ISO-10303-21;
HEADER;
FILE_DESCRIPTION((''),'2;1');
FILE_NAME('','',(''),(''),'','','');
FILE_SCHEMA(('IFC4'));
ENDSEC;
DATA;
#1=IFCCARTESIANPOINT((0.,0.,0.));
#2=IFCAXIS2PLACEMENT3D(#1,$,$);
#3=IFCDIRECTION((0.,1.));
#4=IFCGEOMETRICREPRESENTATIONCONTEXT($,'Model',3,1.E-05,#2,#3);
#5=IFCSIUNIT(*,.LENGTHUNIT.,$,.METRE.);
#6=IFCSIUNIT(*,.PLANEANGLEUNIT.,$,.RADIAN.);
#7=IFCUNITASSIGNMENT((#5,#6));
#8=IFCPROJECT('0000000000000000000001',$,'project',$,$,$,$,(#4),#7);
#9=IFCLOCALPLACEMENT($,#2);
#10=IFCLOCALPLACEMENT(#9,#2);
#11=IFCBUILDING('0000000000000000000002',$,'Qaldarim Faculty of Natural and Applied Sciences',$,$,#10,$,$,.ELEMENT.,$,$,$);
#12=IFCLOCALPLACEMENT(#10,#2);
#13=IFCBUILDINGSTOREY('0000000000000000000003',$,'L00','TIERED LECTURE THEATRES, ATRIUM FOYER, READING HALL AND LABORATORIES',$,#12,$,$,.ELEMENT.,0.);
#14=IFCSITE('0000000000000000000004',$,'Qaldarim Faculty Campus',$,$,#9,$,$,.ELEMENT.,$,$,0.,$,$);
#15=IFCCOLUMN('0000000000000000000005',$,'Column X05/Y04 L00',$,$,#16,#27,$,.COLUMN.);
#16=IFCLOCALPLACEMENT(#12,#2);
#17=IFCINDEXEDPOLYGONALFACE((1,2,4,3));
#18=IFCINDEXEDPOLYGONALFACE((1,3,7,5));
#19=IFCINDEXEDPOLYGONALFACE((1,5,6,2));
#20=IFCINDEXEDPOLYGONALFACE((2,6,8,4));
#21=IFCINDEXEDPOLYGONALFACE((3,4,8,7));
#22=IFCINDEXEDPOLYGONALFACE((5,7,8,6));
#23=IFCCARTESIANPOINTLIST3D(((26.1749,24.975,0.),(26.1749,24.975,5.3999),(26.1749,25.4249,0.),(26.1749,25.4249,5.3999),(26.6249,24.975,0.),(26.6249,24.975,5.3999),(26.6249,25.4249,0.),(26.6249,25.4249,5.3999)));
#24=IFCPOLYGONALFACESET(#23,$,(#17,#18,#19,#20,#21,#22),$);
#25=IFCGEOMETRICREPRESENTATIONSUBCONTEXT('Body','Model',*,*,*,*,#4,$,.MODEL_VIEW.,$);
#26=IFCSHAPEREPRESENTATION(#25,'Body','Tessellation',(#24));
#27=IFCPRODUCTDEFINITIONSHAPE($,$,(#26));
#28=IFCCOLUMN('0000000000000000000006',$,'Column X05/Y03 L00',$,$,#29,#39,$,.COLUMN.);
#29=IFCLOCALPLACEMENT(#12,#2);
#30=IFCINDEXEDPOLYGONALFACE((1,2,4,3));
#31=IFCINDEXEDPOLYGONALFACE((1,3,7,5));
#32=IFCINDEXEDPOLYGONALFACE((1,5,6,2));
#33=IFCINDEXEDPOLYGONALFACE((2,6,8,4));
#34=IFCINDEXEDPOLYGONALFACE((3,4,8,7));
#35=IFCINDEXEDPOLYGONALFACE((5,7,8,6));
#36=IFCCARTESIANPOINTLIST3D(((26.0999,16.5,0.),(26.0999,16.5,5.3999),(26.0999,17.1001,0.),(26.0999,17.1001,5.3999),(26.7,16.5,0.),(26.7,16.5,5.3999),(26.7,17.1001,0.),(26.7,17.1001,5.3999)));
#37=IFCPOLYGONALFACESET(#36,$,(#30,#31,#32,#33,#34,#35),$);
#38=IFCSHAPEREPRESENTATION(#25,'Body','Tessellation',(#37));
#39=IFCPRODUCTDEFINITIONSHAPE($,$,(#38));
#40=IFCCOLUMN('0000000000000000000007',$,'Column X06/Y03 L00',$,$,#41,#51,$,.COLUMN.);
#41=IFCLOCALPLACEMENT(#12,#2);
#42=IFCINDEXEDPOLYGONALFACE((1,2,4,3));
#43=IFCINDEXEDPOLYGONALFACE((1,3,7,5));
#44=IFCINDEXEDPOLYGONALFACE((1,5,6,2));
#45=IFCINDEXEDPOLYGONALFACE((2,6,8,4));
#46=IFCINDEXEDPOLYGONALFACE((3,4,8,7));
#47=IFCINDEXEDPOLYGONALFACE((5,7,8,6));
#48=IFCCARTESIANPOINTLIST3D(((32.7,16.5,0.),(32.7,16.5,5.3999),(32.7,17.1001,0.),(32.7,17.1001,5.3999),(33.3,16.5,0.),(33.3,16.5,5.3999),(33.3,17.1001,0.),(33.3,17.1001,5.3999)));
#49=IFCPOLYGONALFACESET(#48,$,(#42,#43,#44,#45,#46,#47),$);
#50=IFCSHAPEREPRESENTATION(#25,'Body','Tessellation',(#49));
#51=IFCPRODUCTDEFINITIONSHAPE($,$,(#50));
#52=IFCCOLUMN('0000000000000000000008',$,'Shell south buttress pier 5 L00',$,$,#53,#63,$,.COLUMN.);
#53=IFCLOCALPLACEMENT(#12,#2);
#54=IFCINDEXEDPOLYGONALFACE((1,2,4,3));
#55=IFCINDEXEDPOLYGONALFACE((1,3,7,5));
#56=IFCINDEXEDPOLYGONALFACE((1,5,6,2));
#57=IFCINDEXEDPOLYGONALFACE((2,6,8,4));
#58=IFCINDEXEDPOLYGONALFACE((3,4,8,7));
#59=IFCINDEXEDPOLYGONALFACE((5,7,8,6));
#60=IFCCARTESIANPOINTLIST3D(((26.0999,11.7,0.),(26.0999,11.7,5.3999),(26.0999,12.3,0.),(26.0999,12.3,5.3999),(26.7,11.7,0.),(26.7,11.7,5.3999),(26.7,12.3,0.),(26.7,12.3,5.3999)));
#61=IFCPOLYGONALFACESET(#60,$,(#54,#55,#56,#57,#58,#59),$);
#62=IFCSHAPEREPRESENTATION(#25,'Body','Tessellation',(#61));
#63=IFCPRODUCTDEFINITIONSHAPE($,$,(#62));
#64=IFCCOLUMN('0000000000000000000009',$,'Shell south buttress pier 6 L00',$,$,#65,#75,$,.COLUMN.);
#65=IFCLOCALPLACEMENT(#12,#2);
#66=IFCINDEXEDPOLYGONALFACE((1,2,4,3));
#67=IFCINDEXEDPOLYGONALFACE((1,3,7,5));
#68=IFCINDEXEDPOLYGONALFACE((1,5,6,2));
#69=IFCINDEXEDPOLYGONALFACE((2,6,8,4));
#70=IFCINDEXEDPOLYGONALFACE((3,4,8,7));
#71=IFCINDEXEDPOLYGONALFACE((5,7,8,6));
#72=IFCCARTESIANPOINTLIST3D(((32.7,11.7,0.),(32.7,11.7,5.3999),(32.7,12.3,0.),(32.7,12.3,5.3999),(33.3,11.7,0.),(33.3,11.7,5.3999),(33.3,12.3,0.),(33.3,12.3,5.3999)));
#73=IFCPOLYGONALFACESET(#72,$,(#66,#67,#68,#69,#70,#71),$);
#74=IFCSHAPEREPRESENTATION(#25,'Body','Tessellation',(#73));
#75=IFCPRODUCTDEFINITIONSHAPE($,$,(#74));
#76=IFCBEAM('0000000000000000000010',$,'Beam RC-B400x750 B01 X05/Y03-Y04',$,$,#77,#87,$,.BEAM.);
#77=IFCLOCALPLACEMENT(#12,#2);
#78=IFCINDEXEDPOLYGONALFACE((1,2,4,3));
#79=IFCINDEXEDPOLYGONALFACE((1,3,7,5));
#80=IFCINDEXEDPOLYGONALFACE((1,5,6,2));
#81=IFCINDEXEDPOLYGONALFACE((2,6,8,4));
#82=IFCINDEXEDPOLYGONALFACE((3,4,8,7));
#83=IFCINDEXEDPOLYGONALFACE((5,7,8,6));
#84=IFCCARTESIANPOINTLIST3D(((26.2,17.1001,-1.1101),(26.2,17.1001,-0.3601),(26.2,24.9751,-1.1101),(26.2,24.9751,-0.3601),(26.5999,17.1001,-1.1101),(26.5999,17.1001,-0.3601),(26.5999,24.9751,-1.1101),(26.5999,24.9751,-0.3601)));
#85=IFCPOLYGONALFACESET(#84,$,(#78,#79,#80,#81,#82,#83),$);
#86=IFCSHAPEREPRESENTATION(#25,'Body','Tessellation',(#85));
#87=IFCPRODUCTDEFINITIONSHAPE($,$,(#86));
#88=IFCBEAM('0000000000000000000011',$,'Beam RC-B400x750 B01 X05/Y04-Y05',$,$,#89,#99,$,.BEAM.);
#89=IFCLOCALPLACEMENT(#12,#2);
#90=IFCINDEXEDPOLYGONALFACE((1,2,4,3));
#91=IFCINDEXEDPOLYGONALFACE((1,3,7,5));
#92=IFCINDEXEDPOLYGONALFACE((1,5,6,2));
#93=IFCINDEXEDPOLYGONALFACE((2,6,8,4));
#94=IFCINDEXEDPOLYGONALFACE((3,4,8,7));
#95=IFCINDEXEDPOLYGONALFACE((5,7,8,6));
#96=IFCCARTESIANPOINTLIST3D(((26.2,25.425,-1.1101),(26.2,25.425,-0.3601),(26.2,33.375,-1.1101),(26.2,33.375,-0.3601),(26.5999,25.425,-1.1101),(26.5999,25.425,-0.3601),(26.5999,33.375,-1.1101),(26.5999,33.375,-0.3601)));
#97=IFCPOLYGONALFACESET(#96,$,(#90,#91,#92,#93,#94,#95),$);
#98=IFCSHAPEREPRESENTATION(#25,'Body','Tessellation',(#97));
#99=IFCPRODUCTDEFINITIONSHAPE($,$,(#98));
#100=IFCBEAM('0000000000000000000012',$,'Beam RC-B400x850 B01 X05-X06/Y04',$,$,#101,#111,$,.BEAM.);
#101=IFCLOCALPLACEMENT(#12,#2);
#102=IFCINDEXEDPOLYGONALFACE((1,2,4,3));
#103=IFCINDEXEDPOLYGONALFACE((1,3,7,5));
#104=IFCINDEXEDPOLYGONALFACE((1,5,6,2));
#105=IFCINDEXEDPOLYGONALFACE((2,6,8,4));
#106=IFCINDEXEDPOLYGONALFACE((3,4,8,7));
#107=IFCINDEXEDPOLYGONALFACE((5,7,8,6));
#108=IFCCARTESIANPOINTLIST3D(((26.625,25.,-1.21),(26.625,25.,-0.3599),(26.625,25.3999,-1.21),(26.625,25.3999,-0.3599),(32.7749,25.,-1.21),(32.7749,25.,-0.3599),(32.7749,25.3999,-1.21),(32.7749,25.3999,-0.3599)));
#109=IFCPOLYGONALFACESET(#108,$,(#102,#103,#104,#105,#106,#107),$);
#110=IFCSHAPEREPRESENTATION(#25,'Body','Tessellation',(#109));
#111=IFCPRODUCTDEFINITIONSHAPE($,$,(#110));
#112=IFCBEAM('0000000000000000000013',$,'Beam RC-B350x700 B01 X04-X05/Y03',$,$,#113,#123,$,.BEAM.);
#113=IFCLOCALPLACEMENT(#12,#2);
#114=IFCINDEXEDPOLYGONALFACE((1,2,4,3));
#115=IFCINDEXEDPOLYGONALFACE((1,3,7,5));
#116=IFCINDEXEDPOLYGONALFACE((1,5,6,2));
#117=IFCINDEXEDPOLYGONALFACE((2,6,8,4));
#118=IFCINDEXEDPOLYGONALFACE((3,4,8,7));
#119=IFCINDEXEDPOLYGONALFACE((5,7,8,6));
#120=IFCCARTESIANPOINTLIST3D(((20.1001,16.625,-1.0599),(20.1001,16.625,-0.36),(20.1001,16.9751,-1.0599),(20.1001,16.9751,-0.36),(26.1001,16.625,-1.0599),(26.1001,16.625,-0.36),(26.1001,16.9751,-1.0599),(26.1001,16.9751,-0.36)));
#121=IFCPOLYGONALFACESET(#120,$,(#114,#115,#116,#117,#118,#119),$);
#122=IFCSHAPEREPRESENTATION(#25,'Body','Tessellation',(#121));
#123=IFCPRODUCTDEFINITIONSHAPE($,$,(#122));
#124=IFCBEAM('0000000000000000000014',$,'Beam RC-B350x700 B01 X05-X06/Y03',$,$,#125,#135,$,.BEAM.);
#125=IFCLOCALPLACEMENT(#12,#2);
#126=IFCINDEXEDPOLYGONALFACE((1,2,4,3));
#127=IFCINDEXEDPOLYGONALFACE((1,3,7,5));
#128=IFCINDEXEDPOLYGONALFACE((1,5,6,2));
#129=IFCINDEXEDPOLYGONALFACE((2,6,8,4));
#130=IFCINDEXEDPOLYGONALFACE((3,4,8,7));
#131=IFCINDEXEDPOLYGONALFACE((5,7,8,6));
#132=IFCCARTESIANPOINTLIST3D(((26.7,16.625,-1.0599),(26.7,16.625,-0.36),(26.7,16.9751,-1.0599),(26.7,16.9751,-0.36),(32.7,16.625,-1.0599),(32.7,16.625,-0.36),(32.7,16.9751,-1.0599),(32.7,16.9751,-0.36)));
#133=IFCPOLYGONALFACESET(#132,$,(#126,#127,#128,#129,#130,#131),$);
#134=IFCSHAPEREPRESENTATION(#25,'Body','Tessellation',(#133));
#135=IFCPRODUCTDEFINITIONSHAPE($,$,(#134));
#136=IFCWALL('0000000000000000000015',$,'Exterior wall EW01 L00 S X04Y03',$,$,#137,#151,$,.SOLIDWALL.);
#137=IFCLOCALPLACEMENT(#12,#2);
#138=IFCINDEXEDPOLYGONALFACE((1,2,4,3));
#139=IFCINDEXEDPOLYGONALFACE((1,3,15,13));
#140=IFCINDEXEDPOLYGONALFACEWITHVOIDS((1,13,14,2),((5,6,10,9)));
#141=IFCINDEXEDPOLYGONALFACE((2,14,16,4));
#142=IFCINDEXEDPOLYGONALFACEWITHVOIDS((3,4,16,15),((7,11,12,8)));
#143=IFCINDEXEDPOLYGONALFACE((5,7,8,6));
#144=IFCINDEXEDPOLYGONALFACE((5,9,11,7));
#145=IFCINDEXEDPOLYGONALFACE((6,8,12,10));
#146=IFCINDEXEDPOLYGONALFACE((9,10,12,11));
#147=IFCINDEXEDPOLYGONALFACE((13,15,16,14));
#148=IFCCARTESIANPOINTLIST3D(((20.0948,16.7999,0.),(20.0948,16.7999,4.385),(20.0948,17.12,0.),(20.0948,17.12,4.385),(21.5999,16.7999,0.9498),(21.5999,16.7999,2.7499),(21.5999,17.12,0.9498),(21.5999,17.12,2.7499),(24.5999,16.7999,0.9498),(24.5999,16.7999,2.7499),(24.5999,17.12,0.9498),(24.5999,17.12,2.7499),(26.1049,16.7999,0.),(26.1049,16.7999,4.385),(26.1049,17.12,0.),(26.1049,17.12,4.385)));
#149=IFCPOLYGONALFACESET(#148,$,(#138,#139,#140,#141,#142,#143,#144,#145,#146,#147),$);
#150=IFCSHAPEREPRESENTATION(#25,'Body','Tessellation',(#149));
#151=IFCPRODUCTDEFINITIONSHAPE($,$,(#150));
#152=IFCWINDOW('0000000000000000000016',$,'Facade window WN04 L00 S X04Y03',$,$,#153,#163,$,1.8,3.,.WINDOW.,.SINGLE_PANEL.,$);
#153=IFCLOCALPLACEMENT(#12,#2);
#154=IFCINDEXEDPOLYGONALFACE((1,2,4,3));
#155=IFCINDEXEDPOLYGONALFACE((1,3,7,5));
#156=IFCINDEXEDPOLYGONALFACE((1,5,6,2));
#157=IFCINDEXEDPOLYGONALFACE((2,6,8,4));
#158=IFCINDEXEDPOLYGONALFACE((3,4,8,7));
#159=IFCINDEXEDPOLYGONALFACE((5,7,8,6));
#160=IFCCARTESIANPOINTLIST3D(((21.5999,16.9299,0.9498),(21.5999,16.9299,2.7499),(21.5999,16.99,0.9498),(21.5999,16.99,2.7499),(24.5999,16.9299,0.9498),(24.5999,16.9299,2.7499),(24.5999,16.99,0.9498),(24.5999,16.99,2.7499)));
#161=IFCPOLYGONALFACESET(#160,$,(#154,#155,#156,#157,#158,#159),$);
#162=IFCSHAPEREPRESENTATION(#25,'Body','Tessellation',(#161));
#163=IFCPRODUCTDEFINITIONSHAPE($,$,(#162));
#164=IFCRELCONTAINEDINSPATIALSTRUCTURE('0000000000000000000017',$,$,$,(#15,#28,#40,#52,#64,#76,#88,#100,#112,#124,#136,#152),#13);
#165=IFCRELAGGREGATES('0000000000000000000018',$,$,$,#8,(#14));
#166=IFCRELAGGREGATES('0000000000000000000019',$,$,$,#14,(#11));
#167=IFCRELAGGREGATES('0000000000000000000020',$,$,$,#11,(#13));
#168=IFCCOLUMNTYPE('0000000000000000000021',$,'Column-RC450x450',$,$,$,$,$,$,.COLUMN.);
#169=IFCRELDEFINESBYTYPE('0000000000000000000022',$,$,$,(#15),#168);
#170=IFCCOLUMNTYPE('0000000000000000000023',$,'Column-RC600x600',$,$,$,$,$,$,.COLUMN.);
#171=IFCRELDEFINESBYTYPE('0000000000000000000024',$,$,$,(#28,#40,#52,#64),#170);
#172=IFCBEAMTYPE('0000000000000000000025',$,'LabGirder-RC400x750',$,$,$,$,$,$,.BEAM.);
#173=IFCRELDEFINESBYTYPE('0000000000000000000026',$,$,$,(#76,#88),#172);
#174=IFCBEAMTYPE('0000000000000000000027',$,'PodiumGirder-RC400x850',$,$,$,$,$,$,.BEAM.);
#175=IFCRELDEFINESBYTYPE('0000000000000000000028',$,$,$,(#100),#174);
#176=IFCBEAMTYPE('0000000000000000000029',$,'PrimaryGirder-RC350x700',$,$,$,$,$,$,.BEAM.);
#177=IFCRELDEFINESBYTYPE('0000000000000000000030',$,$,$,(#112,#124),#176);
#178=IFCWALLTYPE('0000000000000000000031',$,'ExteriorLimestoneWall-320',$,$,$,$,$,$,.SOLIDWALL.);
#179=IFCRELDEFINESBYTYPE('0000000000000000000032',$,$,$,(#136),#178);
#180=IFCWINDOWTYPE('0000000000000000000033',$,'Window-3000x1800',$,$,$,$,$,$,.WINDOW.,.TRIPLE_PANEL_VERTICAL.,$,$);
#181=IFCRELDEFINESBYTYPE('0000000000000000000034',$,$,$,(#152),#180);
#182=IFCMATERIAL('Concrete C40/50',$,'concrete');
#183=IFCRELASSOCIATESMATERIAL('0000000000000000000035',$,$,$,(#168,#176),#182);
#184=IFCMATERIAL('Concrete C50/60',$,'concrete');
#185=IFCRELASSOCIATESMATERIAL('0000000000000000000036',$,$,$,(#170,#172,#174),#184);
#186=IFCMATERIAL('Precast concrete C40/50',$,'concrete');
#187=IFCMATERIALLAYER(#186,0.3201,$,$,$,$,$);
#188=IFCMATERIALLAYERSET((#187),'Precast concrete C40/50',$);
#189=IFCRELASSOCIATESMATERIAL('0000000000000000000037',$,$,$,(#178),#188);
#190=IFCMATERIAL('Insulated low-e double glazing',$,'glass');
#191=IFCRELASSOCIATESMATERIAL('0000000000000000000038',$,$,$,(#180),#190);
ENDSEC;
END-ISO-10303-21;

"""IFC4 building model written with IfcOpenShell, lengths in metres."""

from ifc_helpers import new_model, si_unit, direction, frame, frame_2d, origin, origin_2d, place, context, subcontext, project, spatial, rectangle, extrude, material, layer, layer_set, material_profile, profile_set, type_object, element, fill, save


model = new_model("IFC4")

# Units and contexts
model_context = context("Model", 3, precision=1e-05, world=origin(), true_north=direction((0.0, 1.0)))
body_context = subcontext(model_context, "Body", "Model", "MODEL_VIEW")
ifc_project = project(units=[si_unit("LENGTHUNIT", "METRE"), si_unit("PLANEANGLEUNIT", "RADIAN")], contexts=[model_context])

# Site, building, storey
site_placement = place(None, origin())
site = spatial("IfcSite", under=ifc_project, at=site_placement, Name="Qaldarim Faculty Campus", CompositionType="ELEMENT", RefElevation=0.0)
building_placement = place(site_placement, origin())
building = spatial("IfcBuilding", under=site, at=building_placement, Name="Qaldarim Faculty of Natural and Applied Sciences", CompositionType="ELEMENT")
storey_placement = place(building_placement, origin())
storey = spatial("IfcBuildingStorey", under=building, at=storey_placement, Name="L00", Description="TIERED LECTURE THEATRES, ATRIUM FOYER, READING HALL AND LABORATORIES", CompositionType="ELEMENT", Elevation=0.0)

# Columns
ifc_material_1 = material(Name="Concrete C40/50", Category="concrete")
ifc_material_profile_1 = material_profile(ifc_material_1, rectangle(XDim=0.45, YDim=0.45, at=origin_2d()), Name="RC-C450x450")
ifc_profile_set_1 = profile_set([ifc_material_profile_1], Name="Concrete C40/50")
column_type_1 = type_object("IfcColumnType", Name="Column-RC450x450", PredefinedType="COLUMN", material=ifc_profile_set_1)
column_placement = place(storey_placement, frame((26.3999, 25.2, 0.0), z_axis=(0.0, 0.0, 1.0), x_axis=(1.0, 0.0, 0.0)))
element("IfcColumn", 1, at=column_placement, inside=storey, type_object=column_type_1, Name="Column X05/Y04 L00", PredefinedType="COLUMN", context=body_context, shape_type="SweptSolid", body=[
    extrude(rectangle(XDim=0.45, YDim=0.45, at=origin_2d()), origin(), (0.0, 0.0, 1.0), 5.3999),
])
ifc_material_2 = material(Name="Concrete C50/60", Category="concrete")
ifc_material_profile_2 = material_profile(ifc_material_2, rectangle(XDim=0.6001, YDim=0.6001, at=origin_2d()), Name="RC-C600x600")
ifc_profile_set_2 = profile_set([ifc_material_profile_2], Name="Concrete C50/60")
column_type_2 = type_object("IfcColumnType", Name="Column-RC600x600", PredefinedType="COLUMN", material=ifc_profile_set_2)
for number, where, z_axis, x_axis, name in (
    (2, (26.3999, 16.8, 0.0), (0.0, 0.0, 1.0), (1.0, 0.0, 0.0), "Column X05/Y03 L00"),
    (3, (33.0, 16.8, 0.0), (0.0, 0.0, 1.0), (1.0, 0.0, 0.0), "Column X06/Y03 L00"),
    (4, (26.3999, 12.0, 0.0), (0.0, 0.0, 1.0), (1.0, 0.0, 0.0), "Shell south buttress pier 5 L00"),
    (5, (33.0, 12.0, 0.0), (0.0, 0.0, 1.0), (1.0, 0.0, 0.0), "Shell south buttress pier 6 L00"),
):
    element("IfcColumn", number, at=place(storey_placement, frame(where, z_axis=z_axis, x_axis=x_axis)), inside=storey, type_object=column_type_2, Name=name, PredefinedType="COLUMN", context=body_context, shape_type="SweptSolid", body=[
        extrude(rectangle(XDim=0.6001, YDim=0.6001, at=origin_2d()), origin(), (0.0, 0.0, 1.0), 5.3999),
    ])

# Beams
ifc_material_profile_3 = material_profile(ifc_material_2, rectangle(XDim=0.3999, YDim=0.75, at=origin_2d()), Name="RC-B400x750")
ifc_profile_set_3 = profile_set([ifc_material_profile_3], Name="Concrete C50/60")
beam_type_1 = type_object("IfcBeamType", Name="LabGirder-RC400x750", PredefinedType="BEAM", material=ifc_profile_set_3)
beam_1_placement = place(storey_placement, frame((26.3999, 17.1001, -0.7351), z_axis=(0.0, 1.0, 0.0), x_axis=(-1.0, 0.0, 0.0)))
element("IfcBeam", 6, at=beam_1_placement, inside=storey, type_object=beam_type_1, Name="Beam RC-B400x750 B01 X05/Y03-Y04", PredefinedType="BEAM", context=body_context, shape_type="SweptSolid", body=[
    extrude(rectangle(XDim=0.3999, YDim=0.75, at=origin_2d()), origin(), (0.0, 0.0, 1.0), 7.875),
])
beam_2_placement = place(storey_placement, frame((26.3999, 25.425, -0.7351), z_axis=(0.0, 1.0, 0.0), x_axis=(-1.0, 0.0, 0.0)))
element("IfcBeam", 7, at=beam_2_placement, inside=storey, type_object=beam_type_1, Name="Beam RC-B400x750 B01 X05/Y04-Y05", PredefinedType="BEAM", context=body_context, shape_type="SweptSolid", body=[
    extrude(rectangle(XDim=0.3999, YDim=0.75, at=origin_2d()), origin(), (0.0, 0.0, 1.0), 7.95),
])
ifc_material_profile_4 = material_profile(ifc_material_2, rectangle(XDim=0.3999, YDim=0.8501, at=origin_2d()), Name="RC-B400x850")
ifc_profile_set_4 = profile_set([ifc_material_profile_4], Name="Concrete C50/60")
beam_type_2 = type_object("IfcBeamType", Name="PodiumGirder-RC400x850", PredefinedType="BEAM", material=ifc_profile_set_4)
beam_3_placement = place(storey_placement, frame((26.625, 25.2, -0.7849), z_axis=(1.0, 0.0, 0.0), x_axis=(0.0, 1.0, 0.0)))
element("IfcBeam", 8, at=beam_3_placement, inside=storey, type_object=beam_type_2, Name="Beam RC-B400x850 B01 X05-X06/Y04", PredefinedType="BEAM", context=body_context, shape_type="SweptSolid", body=[
    extrude(rectangle(XDim=0.3999, YDim=0.8501, at=origin_2d()), origin(), (0.0, 0.0, 1.0), 6.1499),
])
ifc_material_profile_5 = material_profile(ifc_material_1, rectangle(XDim=0.3501, YDim=0.7, at=origin_2d()), Name="RC-B350x700")
ifc_profile_set_5 = profile_set([ifc_material_profile_5], Name="Concrete C40/50")
beam_type_3 = type_object("IfcBeamType", Name="PrimaryGirder-RC350x700", PredefinedType="BEAM", material=ifc_profile_set_5)
for number, where, z_axis, x_axis, name in (
    (9, (20.1001, 16.8, -0.71), (1.0, 0.0, 0.0), (0.0, 1.0, 0.0), "Beam RC-B350x700 B01 X04-X05/Y03"),
    (10, (26.7, 16.8, -0.71), (1.0, 0.0, 0.0), (0.0, 1.0, 0.0), "Beam RC-B350x700 B01 X05-X06/Y03"),
):
    element("IfcBeam", number, at=place(storey_placement, frame(where, z_axis=z_axis, x_axis=x_axis)), inside=storey, type_object=beam_type_3, Name=name, PredefinedType="BEAM", context=body_context, shape_type="SweptSolid", body=[
        extrude(rectangle(XDim=0.3501, YDim=0.7, at=origin_2d()), origin(), (0.0, 0.0, 1.0), 6.0),
    ])

# Wall, opening, window
ifc_material_3 = material(Name="Precast concrete C40/50", Category="concrete")
ifc_layer_1 = layer(ifc_material_3, 0.3201)
ifc_layer_set_1 = layer_set([ifc_layer_1], Name="Precast concrete C40/50")
wall_type_1 = type_object("IfcWallType", Name="ExteriorLimestoneWall-320", PredefinedType="SOLIDWALL", material=ifc_layer_set_1)
wall_1_placement = place(storey_placement, frame((20.095, 16.96, 0.0), z_axis=(0.0, 0.0, 1.0), x_axis=(1.0, 0.0, 0.0)))
wall_1 = element("IfcWall", 11, at=wall_1_placement, inside=storey, type_object=wall_type_1, Name="Exterior wall EW01 L00 S X04Y03", PredefinedType="SOLIDWALL", context=body_context, shape_type="SweptSolid", body=[
    extrude(rectangle(XDim=6.01, YDim=0.3201, at=frame_2d((3.0049, 0.0))), origin(), (0.0, 0.0, 1.0), 4.385),
])
opening_1_placement = place(wall_1_placement, frame((1.5049, 0.0, 0.95)))
opening_1 = element("IfcOpeningElement", 12, at=opening_1_placement, cuts=wall_1, PredefinedType="OPENING", context=body_context, shape_type="SweptSolid", body=[
    extrude(rectangle(XDim=3.0, YDim=1.8, at=frame_2d((1.5, 0.8999))), frame((0.0, 0.1699, 0.0), z_axis=(0.0, -1.0, 0.0), x_axis=(1.0, 0.0, 0.0)), (0.0, 0.0, 1.0), 0.3401),
])
ifc_material_4 = material(Name="Insulated low-e double glazing", Category="glass")
window_type_1 = type_object("IfcWindowType", Name="Window-3000x1800", PartitioningType="TRIPLE_PANEL_VERTICAL", PredefinedType="WINDOW", material=ifc_material_4)
window_1_placement = place(opening_1_placement, origin())
window_1 = element("IfcWindow", 13, at=window_1_placement, inside=storey, type_object=window_type_1, Name="Facade window WN04 L00 S X04Y03", OverallHeight=1.8, OverallWidth=3.0, PartitioningType="SINGLE_PANEL", PredefinedType="WINDOW", context=body_context, shape_type="SweptSolid", body=[
    extrude(rectangle(XDim=3.0, YDim=1.8, at=frame_2d((1.5, 0.8999))), frame((0.0, 0.03, 0.0), z_axis=(0.0, -1.0, 0.0), x_axis=(1.0, 0.0, 0.0)), (0.0, 0.0, 1.0), 0.0601),
])
fill(opening_1, window_1)

save(model, "model.ifc")
